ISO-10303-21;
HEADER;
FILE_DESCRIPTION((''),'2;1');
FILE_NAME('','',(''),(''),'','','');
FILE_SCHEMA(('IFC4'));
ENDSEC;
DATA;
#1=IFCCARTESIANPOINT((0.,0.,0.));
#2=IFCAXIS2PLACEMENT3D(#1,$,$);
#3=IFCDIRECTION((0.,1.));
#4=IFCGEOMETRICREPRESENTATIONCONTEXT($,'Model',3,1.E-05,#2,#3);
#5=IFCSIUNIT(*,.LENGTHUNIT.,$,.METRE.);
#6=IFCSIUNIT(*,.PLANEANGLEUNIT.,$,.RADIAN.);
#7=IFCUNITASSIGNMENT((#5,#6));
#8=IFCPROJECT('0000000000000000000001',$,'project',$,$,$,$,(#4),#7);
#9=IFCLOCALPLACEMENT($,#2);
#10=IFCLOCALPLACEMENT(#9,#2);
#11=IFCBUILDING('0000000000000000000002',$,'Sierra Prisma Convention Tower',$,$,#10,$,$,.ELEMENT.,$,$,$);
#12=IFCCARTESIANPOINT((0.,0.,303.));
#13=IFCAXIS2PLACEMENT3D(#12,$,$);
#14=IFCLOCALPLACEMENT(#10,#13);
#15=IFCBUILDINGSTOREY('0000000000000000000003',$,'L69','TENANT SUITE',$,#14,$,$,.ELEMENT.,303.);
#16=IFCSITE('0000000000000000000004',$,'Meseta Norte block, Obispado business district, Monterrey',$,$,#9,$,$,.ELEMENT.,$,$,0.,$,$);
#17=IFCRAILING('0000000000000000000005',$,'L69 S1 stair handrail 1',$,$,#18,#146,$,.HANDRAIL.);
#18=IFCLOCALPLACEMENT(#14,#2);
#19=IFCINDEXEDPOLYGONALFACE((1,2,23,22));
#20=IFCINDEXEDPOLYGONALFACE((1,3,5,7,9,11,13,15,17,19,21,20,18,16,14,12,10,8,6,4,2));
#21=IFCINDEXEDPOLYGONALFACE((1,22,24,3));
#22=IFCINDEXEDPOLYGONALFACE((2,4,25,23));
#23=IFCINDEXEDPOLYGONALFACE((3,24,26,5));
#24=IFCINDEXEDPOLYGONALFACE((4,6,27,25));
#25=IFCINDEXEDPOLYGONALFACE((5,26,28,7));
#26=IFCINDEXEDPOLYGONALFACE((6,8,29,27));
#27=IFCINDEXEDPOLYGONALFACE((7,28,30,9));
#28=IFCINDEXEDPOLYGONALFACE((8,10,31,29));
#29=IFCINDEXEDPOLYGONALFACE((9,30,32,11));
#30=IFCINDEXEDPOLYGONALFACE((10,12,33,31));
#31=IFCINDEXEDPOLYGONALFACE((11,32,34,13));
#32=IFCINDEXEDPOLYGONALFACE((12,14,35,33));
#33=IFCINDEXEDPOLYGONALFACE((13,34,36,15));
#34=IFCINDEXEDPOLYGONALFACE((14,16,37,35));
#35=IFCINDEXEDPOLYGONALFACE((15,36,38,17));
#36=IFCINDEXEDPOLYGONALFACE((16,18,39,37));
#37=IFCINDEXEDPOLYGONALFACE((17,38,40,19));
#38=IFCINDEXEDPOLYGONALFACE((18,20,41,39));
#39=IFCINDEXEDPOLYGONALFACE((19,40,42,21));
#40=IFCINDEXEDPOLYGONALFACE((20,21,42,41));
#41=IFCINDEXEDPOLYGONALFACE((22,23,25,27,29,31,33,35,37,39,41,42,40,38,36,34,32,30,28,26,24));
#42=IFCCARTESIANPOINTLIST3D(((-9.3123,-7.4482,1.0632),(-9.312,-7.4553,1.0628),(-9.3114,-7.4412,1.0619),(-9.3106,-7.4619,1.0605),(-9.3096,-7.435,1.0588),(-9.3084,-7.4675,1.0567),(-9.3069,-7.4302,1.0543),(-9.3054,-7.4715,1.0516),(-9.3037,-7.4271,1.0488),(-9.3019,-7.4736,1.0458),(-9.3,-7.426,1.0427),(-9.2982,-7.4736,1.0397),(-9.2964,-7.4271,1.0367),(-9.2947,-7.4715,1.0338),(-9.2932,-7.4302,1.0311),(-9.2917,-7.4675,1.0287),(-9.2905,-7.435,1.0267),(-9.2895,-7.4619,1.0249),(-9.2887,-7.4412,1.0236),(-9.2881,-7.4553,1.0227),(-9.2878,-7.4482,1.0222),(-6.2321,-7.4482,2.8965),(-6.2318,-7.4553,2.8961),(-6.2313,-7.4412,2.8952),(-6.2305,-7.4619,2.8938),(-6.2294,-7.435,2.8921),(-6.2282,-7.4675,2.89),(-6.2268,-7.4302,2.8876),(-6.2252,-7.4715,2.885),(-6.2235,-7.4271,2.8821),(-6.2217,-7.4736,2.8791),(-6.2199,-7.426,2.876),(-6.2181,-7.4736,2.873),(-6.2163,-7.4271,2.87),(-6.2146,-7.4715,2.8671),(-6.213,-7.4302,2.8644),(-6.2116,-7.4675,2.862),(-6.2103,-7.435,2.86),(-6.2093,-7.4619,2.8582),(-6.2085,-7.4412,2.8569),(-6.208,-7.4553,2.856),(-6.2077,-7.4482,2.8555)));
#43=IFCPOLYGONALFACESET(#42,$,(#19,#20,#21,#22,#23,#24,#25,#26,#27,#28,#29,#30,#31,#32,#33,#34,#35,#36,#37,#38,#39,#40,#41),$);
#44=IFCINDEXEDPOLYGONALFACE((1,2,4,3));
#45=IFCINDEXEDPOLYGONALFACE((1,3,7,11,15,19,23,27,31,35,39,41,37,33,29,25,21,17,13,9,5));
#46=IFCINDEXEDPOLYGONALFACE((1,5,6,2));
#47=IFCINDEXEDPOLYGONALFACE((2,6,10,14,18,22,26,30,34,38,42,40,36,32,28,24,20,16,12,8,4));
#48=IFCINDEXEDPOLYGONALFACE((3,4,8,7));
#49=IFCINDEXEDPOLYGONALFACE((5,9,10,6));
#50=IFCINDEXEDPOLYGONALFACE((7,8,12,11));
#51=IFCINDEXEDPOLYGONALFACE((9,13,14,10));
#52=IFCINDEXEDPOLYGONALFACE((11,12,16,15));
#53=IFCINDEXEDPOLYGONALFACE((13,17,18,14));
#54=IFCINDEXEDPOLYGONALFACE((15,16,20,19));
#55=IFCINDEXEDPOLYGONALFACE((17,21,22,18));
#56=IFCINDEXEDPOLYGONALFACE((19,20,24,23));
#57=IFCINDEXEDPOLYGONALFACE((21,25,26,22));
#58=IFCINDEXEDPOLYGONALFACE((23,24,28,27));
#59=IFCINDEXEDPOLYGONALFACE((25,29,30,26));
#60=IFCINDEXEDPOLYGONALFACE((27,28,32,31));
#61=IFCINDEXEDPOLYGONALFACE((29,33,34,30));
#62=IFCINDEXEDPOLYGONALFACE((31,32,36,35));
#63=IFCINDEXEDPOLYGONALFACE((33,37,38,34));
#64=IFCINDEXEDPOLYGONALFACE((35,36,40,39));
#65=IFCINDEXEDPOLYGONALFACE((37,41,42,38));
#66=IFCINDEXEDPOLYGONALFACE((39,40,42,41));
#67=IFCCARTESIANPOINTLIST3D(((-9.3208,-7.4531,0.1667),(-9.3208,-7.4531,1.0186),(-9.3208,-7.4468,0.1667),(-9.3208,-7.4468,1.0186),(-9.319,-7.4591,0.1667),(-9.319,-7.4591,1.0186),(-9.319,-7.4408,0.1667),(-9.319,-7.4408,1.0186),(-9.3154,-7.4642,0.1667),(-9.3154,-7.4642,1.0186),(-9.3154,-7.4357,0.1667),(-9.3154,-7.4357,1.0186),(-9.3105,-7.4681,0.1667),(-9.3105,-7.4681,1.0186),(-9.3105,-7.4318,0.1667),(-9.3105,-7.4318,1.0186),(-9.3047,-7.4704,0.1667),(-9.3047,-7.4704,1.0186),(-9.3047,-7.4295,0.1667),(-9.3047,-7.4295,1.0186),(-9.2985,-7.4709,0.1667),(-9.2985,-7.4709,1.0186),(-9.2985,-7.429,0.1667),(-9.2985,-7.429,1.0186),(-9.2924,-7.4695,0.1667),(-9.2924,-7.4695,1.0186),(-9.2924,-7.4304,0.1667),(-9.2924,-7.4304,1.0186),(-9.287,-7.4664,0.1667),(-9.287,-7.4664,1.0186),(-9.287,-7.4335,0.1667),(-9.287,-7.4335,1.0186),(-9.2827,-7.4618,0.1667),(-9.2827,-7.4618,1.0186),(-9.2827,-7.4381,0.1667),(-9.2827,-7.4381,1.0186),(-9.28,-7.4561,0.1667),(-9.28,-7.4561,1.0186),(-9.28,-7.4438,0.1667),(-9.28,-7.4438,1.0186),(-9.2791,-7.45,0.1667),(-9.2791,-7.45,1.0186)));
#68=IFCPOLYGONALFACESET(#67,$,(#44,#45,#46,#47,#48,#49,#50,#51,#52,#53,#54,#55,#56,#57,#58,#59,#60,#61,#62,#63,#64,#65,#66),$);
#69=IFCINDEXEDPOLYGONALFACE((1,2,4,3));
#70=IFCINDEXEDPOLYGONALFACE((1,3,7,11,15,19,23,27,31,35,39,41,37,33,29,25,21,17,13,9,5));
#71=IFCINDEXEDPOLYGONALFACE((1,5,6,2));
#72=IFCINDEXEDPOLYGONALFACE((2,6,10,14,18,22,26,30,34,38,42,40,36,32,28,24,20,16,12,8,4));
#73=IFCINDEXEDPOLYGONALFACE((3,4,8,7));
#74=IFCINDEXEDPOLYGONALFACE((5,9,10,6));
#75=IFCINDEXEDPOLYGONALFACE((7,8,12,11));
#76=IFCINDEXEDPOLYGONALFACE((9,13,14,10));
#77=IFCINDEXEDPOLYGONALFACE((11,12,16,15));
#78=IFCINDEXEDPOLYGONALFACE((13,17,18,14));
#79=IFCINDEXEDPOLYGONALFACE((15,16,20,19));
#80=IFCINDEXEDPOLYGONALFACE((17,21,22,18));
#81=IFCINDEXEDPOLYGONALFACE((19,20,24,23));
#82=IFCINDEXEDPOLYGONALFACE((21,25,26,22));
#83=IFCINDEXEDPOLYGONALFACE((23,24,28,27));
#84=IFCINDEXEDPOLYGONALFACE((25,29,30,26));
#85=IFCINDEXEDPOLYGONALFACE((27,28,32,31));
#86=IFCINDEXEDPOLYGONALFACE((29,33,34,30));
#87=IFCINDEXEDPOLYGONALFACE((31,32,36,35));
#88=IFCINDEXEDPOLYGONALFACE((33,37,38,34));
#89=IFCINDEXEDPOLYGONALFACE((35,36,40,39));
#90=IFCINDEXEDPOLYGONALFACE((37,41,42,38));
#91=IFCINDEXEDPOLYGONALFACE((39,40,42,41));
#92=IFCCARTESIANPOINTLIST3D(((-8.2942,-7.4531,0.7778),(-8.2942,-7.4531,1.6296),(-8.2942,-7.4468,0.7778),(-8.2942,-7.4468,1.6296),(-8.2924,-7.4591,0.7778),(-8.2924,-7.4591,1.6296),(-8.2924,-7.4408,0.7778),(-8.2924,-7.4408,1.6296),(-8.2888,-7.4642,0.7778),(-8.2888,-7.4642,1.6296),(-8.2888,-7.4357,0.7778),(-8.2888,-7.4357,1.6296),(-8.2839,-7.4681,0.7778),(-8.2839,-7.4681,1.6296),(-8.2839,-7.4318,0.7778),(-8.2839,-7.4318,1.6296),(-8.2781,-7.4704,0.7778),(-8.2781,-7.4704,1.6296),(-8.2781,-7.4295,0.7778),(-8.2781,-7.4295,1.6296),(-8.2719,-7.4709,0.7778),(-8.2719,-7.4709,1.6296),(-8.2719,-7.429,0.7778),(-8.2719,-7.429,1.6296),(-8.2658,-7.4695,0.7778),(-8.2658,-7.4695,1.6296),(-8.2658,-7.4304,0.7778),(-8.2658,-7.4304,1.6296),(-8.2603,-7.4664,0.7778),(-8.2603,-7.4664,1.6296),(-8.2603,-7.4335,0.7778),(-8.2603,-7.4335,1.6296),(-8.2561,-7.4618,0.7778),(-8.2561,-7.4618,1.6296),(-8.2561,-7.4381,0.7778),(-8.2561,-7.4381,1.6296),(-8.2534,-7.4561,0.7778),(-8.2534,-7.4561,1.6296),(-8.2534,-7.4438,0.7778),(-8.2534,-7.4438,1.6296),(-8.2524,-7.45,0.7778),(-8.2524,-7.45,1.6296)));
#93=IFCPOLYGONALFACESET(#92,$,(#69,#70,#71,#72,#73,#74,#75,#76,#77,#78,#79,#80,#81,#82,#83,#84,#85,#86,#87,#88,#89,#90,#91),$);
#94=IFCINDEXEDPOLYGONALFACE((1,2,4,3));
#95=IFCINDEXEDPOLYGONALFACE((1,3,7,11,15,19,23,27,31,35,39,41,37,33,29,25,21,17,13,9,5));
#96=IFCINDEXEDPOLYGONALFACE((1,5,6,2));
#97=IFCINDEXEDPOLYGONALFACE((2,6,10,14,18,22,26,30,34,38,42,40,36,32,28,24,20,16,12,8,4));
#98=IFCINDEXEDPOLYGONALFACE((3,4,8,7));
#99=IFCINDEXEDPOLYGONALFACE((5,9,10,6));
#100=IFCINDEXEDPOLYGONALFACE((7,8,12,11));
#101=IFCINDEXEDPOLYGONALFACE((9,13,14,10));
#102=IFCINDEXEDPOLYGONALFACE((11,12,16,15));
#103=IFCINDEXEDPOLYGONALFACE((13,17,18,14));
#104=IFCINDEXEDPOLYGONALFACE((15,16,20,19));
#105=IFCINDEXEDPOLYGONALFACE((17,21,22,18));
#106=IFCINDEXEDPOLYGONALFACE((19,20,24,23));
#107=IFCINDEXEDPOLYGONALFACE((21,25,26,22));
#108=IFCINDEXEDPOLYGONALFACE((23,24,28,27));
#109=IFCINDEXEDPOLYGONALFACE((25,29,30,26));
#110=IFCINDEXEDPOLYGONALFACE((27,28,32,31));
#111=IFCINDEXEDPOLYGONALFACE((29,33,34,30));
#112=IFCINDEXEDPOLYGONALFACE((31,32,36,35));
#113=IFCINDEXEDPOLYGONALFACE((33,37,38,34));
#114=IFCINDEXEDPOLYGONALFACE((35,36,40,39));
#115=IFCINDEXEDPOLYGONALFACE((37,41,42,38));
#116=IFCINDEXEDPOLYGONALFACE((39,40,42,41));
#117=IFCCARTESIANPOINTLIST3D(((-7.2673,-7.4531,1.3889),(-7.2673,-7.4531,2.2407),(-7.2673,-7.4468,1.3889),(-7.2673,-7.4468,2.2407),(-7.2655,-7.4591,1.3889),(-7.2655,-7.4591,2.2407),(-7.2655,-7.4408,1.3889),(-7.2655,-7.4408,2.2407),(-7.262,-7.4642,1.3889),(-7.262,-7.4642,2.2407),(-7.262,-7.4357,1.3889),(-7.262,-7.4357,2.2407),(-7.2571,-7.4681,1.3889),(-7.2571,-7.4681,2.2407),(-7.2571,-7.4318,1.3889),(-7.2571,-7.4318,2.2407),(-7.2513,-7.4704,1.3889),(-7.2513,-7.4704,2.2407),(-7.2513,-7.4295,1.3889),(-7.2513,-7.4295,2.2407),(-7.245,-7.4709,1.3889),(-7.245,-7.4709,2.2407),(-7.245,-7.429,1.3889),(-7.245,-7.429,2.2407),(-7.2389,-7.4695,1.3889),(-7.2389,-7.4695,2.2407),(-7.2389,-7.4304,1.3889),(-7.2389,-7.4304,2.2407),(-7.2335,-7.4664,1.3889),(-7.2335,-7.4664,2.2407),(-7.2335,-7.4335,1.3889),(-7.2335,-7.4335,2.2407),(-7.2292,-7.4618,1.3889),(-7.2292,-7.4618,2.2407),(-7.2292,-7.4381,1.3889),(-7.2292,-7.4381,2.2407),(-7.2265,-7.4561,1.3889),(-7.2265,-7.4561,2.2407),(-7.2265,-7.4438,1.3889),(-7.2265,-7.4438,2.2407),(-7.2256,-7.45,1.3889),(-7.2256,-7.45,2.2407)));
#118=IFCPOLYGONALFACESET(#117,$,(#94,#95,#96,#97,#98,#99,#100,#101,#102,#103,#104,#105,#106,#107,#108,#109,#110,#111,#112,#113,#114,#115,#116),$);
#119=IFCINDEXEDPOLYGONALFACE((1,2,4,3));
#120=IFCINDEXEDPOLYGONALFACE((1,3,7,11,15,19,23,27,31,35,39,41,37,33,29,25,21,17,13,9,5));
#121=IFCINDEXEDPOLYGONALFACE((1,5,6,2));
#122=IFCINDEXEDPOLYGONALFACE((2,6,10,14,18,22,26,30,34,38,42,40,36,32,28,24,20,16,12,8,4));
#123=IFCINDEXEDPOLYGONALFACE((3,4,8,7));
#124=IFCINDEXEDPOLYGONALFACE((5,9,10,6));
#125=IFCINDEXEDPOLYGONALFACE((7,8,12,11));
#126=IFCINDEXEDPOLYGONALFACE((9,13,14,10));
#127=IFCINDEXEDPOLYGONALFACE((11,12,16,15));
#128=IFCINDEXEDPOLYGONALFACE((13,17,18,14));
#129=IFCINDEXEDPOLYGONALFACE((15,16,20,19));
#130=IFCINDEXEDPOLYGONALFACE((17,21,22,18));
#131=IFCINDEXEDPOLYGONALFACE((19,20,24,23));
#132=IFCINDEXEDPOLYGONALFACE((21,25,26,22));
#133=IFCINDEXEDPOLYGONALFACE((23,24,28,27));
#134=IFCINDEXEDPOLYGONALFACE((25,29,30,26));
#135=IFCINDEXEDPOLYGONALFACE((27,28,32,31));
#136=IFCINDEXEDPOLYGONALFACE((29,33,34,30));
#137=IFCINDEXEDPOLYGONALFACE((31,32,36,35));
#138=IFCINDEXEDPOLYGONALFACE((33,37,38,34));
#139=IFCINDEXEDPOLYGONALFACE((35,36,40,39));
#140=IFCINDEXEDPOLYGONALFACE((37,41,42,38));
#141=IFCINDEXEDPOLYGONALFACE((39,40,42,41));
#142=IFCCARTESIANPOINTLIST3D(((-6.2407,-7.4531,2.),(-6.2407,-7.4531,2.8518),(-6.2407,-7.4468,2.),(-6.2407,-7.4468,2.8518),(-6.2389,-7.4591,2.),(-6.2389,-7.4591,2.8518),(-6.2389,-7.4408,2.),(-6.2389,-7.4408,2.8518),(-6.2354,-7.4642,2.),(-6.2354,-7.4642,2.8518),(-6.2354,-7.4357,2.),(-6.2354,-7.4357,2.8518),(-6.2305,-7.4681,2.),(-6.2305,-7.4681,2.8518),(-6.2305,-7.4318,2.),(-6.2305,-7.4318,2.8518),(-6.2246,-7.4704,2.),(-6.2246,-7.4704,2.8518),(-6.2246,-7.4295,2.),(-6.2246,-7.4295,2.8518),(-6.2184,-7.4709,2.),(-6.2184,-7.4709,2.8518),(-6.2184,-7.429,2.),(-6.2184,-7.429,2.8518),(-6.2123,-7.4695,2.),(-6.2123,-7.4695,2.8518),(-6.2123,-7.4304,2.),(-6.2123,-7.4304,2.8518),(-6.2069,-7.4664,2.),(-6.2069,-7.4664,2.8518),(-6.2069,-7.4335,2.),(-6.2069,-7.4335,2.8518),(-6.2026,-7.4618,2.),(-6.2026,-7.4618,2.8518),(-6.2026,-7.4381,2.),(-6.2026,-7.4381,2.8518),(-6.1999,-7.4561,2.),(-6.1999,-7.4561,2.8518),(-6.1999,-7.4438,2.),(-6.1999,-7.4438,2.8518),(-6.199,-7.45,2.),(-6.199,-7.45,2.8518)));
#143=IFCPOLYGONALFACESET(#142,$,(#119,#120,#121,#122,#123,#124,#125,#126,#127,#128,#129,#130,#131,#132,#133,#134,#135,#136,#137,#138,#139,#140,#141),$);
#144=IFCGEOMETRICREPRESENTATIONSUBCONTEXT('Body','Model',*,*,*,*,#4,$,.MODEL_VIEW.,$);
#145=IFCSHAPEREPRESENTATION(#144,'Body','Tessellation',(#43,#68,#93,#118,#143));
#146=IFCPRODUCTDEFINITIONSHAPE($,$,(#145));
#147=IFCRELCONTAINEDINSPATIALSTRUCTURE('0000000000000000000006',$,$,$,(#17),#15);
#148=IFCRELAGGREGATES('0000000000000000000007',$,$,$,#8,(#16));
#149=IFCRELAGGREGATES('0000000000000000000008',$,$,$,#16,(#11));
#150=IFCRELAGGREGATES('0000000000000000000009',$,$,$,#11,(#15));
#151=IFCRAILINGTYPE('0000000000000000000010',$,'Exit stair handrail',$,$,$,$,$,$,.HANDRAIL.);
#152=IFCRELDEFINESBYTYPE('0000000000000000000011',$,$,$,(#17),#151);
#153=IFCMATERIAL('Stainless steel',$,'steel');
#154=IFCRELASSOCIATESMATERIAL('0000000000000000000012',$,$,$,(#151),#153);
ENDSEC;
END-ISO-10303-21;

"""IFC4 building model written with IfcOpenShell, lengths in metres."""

from ifc_helpers import new_model, si_unit, direction, frame, origin, origin_2d, place, context, subcontext, project, spatial, circle, extrude, material, type_object, element, save


model = new_model("IFC4")

# Units and contexts
model_context = context("Model", 3, precision=1e-05, world=origin(), true_north=direction((0.0, 1.0)))
body_context = subcontext(model_context, "Body", "Model", "MODEL_VIEW")
ifc_project = project(units=[si_unit("LENGTHUNIT", "METRE"), si_unit("PLANEANGLEUNIT", "RADIAN")], contexts=[model_context])

# Site, building, storey
site_placement = place(None, origin())
site = spatial("IfcSite", under=ifc_project, at=site_placement, Name="Meseta Norte block, Obispado business district, Monterrey", CompositionType="ELEMENT", RefElevation=0.0)
building_placement = place(site_placement, origin())
building = spatial("IfcBuilding", under=site, at=building_placement, Name="Sierra Prisma Convention Tower", CompositionType="ELEMENT")
storey_placement = place(building_placement, frame((0.0, 0.0, 303.0)))
storey = spatial("IfcBuildingStorey", under=building, at=storey_placement, Name="L69", Description="TENANT SUITE", CompositionType="ELEMENT", Elevation=303.0)

# Railing
ifc_material_1 = material(Name="Stainless steel", Category="steel")
railing_type_1 = type_object("IfcRailingType", Name="Exit stair handrail", PredefinedType="HANDRAIL", material=ifc_material_1)
railing_1_placement = place(storey_placement, frame((-9.3, -7.45, 0.1667)))
element("IfcRailing", 1, at=railing_1_placement, inside=storey, type_object=railing_type_1, Name="L69 S1 stair handrail 1", PredefinedType="HANDRAIL", context=body_context, shape_type="SweptSolid", body=[
    extrude(circle(Radius=0.0239, at=origin_2d()), frame((0.0, 0.0, 0.876), z_axis=(0.859309, 0.0, 0.511458), x_axis=(0.0, 1.0, 0.0)), (0.0, 0.0, 1.0), 3.5845),
    extrude(circle(Radius=0.021, at=origin_2d()), origin(), (0.0, 0.0, 1.0), 0.8518),
    extrude(circle(Radius=0.021, at=origin_2d()), frame((1.0266, 0.0, 0.6111)), (0.0, 0.0, 1.0), 0.8518),
    extrude(circle(Radius=0.021, at=origin_2d()), frame((2.0535, 0.0, 1.2222)), (0.0, 0.0, 1.0), 0.8518),
    extrude(circle(Radius=0.021, at=origin_2d()), frame((3.0801, 0.0, 1.8333)), (0.0, 0.0, 1.0), 0.8518),
])

save(model, "model.ifc")
